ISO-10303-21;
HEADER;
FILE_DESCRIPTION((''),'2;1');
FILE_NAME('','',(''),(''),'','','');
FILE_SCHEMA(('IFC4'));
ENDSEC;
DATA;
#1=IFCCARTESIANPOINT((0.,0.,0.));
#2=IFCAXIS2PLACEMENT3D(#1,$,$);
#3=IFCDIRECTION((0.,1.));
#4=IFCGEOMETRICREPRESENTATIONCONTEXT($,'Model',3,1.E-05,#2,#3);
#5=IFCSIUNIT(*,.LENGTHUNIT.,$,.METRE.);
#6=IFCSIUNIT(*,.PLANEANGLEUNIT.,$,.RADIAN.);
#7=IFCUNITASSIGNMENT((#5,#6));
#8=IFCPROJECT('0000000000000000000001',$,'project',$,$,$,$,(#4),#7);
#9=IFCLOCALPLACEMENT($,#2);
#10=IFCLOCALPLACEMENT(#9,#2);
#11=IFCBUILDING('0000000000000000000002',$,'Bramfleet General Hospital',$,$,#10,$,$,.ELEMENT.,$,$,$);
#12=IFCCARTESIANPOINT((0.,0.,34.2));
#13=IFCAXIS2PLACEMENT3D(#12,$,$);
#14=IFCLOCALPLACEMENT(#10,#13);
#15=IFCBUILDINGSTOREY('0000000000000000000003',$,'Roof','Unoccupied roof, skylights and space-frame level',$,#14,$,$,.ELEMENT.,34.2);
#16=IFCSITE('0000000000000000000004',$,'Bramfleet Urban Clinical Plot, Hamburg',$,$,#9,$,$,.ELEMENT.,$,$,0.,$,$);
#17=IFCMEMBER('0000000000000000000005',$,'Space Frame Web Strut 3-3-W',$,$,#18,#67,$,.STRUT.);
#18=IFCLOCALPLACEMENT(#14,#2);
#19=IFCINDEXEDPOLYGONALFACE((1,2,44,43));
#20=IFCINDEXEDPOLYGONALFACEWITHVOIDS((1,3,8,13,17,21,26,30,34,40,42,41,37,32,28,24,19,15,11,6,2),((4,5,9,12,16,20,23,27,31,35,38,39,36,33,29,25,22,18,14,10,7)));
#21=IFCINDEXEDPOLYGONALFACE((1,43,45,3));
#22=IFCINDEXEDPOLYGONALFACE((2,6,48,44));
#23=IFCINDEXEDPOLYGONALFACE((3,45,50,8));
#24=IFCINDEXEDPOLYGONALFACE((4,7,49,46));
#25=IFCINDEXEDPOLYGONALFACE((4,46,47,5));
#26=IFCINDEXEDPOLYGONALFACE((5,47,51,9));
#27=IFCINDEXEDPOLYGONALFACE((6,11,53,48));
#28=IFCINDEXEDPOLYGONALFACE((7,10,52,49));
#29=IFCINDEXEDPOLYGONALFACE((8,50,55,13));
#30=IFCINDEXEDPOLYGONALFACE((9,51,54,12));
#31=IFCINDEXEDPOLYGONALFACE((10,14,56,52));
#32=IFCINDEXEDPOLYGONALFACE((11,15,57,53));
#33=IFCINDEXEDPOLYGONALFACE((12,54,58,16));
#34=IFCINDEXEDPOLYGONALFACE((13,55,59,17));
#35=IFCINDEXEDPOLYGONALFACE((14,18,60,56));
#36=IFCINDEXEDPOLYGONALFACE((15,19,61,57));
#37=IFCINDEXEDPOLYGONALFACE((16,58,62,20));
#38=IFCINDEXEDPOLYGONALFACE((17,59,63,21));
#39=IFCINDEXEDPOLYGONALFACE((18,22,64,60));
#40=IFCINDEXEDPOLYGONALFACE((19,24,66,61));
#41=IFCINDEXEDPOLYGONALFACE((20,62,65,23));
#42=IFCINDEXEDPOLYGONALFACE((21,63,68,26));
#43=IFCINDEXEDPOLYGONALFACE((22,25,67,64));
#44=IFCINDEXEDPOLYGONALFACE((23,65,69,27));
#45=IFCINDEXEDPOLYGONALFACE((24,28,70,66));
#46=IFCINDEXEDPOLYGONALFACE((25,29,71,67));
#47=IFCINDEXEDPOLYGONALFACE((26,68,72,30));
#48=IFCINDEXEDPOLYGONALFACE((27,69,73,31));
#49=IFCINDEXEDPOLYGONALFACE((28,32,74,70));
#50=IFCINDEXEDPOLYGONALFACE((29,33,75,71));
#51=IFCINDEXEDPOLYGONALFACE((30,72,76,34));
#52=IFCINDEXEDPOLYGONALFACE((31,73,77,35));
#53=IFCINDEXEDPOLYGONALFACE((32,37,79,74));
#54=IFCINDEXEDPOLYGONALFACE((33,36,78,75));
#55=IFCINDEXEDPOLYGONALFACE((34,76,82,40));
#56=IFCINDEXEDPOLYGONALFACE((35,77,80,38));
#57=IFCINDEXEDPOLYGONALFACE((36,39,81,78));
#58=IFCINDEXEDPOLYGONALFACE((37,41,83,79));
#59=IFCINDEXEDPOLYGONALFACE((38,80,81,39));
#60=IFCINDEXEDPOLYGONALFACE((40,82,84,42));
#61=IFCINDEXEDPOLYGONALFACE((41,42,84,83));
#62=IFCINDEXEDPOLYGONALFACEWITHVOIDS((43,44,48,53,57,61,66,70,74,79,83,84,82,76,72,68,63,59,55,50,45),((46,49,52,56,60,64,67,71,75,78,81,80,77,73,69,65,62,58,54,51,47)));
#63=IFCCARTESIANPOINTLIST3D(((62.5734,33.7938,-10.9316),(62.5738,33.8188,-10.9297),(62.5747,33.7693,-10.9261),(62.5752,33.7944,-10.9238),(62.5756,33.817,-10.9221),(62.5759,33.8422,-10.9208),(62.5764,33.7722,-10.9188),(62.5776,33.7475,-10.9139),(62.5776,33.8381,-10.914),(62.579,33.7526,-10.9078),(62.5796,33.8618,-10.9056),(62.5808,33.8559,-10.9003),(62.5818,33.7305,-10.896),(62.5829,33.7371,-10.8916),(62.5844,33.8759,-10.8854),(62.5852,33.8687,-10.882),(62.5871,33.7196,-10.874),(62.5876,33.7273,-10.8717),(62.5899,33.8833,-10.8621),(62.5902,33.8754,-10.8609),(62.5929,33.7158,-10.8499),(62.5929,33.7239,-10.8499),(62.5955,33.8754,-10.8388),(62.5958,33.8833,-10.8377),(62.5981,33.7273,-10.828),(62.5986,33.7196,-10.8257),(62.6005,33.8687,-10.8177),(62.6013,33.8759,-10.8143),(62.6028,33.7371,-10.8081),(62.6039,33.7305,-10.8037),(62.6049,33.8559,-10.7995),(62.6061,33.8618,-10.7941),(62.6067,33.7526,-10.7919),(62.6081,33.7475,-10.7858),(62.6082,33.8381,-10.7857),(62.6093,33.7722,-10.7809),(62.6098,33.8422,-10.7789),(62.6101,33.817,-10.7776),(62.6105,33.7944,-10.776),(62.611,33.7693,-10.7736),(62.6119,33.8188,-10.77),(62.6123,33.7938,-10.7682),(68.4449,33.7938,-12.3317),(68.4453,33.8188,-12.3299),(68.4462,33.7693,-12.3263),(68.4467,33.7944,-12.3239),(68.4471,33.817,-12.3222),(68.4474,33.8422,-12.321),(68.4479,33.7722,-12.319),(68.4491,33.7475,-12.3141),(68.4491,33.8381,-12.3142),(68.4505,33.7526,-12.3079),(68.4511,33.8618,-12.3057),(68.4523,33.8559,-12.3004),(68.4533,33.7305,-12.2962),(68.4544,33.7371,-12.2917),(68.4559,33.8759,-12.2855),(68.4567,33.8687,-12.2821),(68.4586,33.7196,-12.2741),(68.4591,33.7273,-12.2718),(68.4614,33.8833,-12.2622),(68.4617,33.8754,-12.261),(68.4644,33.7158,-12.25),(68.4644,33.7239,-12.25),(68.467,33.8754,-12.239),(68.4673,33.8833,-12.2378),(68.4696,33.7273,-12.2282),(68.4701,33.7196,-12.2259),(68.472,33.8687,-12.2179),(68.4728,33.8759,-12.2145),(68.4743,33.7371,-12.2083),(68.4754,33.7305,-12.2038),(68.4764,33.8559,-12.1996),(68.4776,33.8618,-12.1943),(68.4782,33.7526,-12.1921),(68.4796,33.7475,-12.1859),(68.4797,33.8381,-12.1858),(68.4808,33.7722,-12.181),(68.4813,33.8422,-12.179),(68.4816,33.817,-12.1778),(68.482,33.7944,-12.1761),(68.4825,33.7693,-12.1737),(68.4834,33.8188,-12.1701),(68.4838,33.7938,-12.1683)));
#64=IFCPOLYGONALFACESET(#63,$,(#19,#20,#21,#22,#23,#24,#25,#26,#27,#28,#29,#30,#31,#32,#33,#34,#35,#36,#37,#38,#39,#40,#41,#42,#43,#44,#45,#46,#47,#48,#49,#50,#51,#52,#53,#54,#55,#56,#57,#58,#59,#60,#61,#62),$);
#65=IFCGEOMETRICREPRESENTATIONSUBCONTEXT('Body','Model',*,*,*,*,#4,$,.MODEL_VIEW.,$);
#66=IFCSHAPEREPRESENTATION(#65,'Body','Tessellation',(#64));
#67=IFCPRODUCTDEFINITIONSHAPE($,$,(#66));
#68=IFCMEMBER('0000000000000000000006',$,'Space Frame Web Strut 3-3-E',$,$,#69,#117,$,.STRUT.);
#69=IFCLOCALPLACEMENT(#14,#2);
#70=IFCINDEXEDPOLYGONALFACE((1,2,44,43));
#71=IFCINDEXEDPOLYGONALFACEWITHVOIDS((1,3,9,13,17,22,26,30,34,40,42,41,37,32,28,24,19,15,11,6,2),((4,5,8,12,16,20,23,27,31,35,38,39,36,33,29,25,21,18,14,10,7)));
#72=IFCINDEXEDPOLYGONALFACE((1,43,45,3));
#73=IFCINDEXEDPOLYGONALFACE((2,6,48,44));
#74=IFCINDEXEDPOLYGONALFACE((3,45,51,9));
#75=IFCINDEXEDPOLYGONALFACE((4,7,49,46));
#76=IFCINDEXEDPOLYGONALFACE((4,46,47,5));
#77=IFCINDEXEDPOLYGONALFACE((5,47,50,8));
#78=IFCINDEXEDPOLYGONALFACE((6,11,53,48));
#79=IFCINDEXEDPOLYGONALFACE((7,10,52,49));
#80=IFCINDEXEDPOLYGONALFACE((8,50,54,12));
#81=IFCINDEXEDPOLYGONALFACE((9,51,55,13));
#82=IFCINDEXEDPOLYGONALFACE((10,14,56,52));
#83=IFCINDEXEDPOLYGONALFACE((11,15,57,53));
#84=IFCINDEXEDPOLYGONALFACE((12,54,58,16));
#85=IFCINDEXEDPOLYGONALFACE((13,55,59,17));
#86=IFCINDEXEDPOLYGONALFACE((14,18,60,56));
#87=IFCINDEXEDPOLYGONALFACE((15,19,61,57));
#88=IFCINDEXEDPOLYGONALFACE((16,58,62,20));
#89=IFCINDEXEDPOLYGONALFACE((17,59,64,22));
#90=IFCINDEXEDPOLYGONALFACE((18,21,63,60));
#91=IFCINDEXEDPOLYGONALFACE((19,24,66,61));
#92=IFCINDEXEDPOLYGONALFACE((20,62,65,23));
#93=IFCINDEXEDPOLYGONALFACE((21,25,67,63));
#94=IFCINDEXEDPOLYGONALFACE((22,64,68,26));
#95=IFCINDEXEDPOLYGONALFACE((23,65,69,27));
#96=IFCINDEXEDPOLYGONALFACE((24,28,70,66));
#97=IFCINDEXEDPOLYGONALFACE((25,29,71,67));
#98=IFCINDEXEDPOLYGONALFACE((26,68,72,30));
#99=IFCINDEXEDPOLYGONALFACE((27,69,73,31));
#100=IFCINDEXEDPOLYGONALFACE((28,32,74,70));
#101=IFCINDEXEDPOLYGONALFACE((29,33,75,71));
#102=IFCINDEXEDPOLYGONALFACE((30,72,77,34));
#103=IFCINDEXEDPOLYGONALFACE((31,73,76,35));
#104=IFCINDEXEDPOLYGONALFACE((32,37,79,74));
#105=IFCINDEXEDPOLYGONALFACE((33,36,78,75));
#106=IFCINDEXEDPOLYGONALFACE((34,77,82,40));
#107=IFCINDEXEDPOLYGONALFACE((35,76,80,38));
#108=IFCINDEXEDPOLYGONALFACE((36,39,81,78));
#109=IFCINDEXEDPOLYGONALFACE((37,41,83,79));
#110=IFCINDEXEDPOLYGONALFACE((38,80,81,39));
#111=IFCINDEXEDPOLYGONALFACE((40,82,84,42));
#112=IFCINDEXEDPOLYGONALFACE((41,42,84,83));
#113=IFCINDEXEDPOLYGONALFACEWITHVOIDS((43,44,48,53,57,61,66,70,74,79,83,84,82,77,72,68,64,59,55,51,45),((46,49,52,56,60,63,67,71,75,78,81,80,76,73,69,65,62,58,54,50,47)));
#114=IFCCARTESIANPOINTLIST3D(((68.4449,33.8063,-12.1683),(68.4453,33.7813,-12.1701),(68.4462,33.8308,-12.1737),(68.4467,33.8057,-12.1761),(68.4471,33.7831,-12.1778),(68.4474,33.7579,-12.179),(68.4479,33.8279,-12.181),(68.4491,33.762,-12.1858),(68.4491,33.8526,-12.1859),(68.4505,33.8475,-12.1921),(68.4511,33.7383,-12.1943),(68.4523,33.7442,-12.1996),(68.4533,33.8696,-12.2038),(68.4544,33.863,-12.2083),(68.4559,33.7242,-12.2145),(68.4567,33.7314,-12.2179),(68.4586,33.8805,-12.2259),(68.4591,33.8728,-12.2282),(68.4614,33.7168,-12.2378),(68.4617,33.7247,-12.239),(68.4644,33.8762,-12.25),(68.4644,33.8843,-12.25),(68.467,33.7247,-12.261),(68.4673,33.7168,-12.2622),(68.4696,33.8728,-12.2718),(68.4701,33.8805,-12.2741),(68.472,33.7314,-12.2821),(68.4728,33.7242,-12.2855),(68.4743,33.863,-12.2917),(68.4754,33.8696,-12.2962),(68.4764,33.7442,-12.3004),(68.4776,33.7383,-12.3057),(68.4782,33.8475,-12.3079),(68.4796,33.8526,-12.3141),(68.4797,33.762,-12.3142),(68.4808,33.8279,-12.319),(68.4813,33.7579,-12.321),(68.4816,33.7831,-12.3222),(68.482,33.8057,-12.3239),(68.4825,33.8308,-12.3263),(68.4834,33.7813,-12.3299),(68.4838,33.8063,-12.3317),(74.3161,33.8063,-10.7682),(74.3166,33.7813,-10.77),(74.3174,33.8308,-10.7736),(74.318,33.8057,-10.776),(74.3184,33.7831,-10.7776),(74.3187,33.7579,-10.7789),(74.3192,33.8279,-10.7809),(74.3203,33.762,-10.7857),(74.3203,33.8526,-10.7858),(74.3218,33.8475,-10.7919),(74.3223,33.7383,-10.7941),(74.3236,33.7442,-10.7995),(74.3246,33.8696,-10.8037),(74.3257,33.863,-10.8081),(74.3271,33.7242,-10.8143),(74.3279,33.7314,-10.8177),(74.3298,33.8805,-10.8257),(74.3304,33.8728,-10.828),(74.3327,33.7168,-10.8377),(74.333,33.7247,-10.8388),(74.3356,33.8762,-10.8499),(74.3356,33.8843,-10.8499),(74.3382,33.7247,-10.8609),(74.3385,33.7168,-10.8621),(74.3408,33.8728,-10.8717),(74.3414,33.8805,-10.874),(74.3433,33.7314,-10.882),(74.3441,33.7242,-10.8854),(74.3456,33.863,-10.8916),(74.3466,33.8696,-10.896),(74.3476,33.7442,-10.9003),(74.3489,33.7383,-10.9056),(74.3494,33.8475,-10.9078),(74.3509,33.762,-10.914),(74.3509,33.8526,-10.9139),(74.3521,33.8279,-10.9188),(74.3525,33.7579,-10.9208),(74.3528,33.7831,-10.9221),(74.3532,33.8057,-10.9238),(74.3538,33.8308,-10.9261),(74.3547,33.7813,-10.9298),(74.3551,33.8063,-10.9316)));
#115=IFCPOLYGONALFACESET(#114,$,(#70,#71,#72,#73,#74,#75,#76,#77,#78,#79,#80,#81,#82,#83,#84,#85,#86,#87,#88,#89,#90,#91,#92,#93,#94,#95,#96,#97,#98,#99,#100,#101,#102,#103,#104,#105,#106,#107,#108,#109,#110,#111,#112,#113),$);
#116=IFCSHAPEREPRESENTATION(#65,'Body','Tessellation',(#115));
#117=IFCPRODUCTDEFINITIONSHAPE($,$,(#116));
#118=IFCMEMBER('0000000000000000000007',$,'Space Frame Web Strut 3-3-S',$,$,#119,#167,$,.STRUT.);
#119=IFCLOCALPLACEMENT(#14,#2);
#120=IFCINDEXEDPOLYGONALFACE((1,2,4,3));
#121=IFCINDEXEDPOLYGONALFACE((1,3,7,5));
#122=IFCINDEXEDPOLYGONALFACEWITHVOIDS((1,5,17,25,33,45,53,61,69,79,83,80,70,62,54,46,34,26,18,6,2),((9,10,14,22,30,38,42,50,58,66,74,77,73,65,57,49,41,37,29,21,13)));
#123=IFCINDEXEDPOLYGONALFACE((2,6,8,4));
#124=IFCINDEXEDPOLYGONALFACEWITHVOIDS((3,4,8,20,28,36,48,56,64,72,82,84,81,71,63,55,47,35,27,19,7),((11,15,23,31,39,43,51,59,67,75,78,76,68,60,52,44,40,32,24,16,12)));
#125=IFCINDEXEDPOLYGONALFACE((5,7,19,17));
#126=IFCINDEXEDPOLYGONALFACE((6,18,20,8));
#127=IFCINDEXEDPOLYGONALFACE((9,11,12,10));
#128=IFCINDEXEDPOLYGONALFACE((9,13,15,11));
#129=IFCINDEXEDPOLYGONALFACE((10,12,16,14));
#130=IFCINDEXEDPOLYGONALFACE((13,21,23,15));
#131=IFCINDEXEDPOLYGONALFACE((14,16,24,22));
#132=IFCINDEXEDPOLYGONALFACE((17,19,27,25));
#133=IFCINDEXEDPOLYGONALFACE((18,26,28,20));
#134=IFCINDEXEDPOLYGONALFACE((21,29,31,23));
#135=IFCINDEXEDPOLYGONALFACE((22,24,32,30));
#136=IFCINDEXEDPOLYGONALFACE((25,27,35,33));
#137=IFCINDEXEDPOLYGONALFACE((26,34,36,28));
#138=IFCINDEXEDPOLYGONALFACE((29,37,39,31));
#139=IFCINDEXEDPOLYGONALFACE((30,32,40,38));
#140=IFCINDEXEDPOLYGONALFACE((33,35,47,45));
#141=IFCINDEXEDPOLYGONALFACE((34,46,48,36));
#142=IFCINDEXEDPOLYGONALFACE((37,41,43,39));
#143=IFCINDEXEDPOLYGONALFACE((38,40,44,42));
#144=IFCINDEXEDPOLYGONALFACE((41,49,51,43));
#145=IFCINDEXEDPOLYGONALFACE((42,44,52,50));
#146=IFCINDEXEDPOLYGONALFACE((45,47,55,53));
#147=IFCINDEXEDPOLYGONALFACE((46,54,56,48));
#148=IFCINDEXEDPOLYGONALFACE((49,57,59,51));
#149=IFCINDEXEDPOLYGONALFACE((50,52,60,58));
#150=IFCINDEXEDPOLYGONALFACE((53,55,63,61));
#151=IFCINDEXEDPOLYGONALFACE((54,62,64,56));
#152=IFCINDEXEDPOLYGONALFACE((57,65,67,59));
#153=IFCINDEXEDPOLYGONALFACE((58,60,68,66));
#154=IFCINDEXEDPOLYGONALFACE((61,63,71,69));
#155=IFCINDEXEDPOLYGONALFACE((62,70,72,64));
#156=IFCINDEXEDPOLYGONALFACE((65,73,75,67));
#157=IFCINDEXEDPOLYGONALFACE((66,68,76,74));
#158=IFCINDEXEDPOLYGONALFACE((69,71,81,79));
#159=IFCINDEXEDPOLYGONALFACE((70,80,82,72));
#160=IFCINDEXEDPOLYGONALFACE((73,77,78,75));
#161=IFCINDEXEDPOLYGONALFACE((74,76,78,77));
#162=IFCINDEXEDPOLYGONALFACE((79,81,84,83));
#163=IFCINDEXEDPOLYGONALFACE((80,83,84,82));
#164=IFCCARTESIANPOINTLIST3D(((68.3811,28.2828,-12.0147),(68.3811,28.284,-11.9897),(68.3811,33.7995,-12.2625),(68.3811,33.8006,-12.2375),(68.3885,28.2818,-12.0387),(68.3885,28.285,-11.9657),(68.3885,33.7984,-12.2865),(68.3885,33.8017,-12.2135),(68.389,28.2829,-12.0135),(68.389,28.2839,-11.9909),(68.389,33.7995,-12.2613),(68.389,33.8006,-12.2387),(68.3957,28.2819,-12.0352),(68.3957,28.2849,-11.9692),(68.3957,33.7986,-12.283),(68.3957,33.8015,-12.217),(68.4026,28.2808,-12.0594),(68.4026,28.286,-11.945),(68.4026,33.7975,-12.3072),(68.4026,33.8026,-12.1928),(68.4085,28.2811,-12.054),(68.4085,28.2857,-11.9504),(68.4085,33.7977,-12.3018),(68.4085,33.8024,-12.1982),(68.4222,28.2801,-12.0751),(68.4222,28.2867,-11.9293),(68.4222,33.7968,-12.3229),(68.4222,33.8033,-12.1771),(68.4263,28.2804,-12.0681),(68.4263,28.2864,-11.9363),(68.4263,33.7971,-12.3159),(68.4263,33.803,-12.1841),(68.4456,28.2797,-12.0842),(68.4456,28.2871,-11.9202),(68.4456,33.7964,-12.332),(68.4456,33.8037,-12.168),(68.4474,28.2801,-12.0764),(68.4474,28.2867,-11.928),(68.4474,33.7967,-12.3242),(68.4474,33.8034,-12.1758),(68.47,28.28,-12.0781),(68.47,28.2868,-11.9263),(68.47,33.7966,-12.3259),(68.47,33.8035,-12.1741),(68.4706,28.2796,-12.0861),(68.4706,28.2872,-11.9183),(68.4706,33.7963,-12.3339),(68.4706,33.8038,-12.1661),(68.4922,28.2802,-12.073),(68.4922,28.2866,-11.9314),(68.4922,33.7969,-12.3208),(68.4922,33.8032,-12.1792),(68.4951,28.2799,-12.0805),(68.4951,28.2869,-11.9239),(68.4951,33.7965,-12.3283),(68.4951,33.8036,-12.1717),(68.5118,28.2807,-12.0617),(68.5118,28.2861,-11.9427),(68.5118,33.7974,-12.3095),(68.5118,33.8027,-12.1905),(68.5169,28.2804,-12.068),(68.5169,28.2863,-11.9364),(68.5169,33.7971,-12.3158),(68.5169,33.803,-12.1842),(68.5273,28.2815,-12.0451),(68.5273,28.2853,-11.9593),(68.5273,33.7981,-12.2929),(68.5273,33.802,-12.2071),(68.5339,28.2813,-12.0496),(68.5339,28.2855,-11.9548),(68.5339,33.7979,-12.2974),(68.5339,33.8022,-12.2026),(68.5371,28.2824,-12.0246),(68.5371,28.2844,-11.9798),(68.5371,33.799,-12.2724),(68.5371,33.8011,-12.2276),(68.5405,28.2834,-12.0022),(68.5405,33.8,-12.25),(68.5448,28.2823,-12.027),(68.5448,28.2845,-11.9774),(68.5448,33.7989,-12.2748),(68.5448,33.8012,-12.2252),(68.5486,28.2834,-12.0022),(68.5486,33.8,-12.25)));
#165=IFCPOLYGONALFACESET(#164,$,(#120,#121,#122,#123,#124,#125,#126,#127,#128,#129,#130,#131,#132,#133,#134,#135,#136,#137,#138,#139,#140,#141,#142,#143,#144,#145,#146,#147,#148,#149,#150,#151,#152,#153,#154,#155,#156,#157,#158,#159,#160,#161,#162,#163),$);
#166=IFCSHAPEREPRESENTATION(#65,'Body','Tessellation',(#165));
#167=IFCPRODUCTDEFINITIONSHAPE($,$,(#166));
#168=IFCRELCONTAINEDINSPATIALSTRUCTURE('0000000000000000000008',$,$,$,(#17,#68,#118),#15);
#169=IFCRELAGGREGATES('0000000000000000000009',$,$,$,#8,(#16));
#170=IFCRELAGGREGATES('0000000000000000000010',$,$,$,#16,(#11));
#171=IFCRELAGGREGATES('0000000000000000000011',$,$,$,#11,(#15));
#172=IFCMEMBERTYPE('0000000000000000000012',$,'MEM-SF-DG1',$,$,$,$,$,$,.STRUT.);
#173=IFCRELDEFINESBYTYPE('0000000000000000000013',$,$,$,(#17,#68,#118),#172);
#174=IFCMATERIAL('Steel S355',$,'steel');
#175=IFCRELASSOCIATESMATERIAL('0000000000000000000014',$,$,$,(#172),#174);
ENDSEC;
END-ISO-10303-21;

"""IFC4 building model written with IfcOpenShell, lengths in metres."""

from ifc_helpers import new_model, si_unit, direction, frame, origin, origin_2d, place, context, subcontext, project, spatial, hollow_circle, extrude, material, material_profile, profile_set, type_object, element, save


model = new_model("IFC4")

# Units and contexts
model_context = context("Model", 3, precision=1e-05, world=origin(), true_north=direction((0.0, 1.0)))
body_context = subcontext(model_context, "Body", "Model", "MODEL_VIEW")
ifc_project = project(units=[si_unit("LENGTHUNIT", "METRE"), si_unit("PLANEANGLEUNIT", "RADIAN")], contexts=[model_context])

# Site, building, storey
site_placement = place(None, origin())
site = spatial("IfcSite", under=ifc_project, at=site_placement, Name="Bramfleet Urban Clinical Plot, Hamburg", CompositionType="ELEMENT", RefElevation=0.0)
building_placement = place(site_placement, origin())
building = spatial("IfcBuilding", under=site, at=building_placement, Name="Bramfleet General Hospital", CompositionType="ELEMENT")
storey_placement = place(building_placement, frame((0.0, 0.0, 34.2)))
storey = spatial("IfcBuildingStorey", under=building, at=storey_placement, Name="Roof", Description="Unoccupied roof, skylights and space-frame level", CompositionType="ELEMENT", Elevation=34.2)

# Members
ifc_material = material(Name="Steel S355", Category="steel")
ifc_material_profile_1 = material_profile(ifc_material, hollow_circle(Radius=0.0842, WallThickness=0.0081, at=origin_2d()), Name="CHS 168.3x8.0")
ifc_profile_set_1 = profile_set([ifc_material_profile_1], Name="Steel S355")
member_type_1 = type_object("IfcMemberType", Name="MEM-SF-DG1", PredefinedType="STRUT", material=ifc_profile_set_1)
member_1_placement = place(storey_placement, frame((68.4644, 33.8, -12.25), z_axis=(-0.972726, 0.0, 0.231958), x_axis=(0.0, -1.0, 0.0)))
element("IfcMember", 1, at=member_1_placement, inside=storey, type_object=member_type_1, Name="Space Frame Web Strut 3-3-W", PredefinedType="STRUT", context=body_context, shape_type="SweptSolid", body=[
    extrude(hollow_circle(Radius=0.0842, WallThickness=0.0081, at=origin_2d()), origin(), (0.0, 0.0, 1.0), 6.0361),
])
member_2_placement = place(storey_placement, frame((68.4644, 33.8, -12.25), z_axis=(0.972724, 0.0, 0.231967), x_axis=(0.0, 1.0, 0.0)))
element("IfcMember", 2, at=member_2_placement, inside=storey, type_object=member_type_1, Name="Space Frame Web Strut 3-3-E", PredefinedType="STRUT", context=body_context, shape_type="SweptSolid", body=[
    extrude(hollow_circle(Radius=0.0842, WallThickness=0.0081, at=origin_2d()), origin(), (0.0, 0.0, 1.0), 6.0359),
])
for number, where, z_axis, x_axis, name in (
    (3, (68.4644, 33.8, -12.25), (0.0, -0.998993, 0.044874), (1.0, 0.0, 0.0), "Space Frame Web Strut 3-3-S"),
):
    element("IfcMember", number, at=place(storey_placement, frame(where, z_axis=z_axis, x_axis=x_axis)), inside=storey, type_object=member_type_1, Name=name, PredefinedType="STRUT", context=body_context, shape_type="SweptSolid", body=[
        extrude(hollow_circle(Radius=0.0842, WallThickness=0.0081, at=origin_2d()), origin(), (0.0, 0.0, 1.0), 5.5222),
    ])

save(model, "model.ifc")
